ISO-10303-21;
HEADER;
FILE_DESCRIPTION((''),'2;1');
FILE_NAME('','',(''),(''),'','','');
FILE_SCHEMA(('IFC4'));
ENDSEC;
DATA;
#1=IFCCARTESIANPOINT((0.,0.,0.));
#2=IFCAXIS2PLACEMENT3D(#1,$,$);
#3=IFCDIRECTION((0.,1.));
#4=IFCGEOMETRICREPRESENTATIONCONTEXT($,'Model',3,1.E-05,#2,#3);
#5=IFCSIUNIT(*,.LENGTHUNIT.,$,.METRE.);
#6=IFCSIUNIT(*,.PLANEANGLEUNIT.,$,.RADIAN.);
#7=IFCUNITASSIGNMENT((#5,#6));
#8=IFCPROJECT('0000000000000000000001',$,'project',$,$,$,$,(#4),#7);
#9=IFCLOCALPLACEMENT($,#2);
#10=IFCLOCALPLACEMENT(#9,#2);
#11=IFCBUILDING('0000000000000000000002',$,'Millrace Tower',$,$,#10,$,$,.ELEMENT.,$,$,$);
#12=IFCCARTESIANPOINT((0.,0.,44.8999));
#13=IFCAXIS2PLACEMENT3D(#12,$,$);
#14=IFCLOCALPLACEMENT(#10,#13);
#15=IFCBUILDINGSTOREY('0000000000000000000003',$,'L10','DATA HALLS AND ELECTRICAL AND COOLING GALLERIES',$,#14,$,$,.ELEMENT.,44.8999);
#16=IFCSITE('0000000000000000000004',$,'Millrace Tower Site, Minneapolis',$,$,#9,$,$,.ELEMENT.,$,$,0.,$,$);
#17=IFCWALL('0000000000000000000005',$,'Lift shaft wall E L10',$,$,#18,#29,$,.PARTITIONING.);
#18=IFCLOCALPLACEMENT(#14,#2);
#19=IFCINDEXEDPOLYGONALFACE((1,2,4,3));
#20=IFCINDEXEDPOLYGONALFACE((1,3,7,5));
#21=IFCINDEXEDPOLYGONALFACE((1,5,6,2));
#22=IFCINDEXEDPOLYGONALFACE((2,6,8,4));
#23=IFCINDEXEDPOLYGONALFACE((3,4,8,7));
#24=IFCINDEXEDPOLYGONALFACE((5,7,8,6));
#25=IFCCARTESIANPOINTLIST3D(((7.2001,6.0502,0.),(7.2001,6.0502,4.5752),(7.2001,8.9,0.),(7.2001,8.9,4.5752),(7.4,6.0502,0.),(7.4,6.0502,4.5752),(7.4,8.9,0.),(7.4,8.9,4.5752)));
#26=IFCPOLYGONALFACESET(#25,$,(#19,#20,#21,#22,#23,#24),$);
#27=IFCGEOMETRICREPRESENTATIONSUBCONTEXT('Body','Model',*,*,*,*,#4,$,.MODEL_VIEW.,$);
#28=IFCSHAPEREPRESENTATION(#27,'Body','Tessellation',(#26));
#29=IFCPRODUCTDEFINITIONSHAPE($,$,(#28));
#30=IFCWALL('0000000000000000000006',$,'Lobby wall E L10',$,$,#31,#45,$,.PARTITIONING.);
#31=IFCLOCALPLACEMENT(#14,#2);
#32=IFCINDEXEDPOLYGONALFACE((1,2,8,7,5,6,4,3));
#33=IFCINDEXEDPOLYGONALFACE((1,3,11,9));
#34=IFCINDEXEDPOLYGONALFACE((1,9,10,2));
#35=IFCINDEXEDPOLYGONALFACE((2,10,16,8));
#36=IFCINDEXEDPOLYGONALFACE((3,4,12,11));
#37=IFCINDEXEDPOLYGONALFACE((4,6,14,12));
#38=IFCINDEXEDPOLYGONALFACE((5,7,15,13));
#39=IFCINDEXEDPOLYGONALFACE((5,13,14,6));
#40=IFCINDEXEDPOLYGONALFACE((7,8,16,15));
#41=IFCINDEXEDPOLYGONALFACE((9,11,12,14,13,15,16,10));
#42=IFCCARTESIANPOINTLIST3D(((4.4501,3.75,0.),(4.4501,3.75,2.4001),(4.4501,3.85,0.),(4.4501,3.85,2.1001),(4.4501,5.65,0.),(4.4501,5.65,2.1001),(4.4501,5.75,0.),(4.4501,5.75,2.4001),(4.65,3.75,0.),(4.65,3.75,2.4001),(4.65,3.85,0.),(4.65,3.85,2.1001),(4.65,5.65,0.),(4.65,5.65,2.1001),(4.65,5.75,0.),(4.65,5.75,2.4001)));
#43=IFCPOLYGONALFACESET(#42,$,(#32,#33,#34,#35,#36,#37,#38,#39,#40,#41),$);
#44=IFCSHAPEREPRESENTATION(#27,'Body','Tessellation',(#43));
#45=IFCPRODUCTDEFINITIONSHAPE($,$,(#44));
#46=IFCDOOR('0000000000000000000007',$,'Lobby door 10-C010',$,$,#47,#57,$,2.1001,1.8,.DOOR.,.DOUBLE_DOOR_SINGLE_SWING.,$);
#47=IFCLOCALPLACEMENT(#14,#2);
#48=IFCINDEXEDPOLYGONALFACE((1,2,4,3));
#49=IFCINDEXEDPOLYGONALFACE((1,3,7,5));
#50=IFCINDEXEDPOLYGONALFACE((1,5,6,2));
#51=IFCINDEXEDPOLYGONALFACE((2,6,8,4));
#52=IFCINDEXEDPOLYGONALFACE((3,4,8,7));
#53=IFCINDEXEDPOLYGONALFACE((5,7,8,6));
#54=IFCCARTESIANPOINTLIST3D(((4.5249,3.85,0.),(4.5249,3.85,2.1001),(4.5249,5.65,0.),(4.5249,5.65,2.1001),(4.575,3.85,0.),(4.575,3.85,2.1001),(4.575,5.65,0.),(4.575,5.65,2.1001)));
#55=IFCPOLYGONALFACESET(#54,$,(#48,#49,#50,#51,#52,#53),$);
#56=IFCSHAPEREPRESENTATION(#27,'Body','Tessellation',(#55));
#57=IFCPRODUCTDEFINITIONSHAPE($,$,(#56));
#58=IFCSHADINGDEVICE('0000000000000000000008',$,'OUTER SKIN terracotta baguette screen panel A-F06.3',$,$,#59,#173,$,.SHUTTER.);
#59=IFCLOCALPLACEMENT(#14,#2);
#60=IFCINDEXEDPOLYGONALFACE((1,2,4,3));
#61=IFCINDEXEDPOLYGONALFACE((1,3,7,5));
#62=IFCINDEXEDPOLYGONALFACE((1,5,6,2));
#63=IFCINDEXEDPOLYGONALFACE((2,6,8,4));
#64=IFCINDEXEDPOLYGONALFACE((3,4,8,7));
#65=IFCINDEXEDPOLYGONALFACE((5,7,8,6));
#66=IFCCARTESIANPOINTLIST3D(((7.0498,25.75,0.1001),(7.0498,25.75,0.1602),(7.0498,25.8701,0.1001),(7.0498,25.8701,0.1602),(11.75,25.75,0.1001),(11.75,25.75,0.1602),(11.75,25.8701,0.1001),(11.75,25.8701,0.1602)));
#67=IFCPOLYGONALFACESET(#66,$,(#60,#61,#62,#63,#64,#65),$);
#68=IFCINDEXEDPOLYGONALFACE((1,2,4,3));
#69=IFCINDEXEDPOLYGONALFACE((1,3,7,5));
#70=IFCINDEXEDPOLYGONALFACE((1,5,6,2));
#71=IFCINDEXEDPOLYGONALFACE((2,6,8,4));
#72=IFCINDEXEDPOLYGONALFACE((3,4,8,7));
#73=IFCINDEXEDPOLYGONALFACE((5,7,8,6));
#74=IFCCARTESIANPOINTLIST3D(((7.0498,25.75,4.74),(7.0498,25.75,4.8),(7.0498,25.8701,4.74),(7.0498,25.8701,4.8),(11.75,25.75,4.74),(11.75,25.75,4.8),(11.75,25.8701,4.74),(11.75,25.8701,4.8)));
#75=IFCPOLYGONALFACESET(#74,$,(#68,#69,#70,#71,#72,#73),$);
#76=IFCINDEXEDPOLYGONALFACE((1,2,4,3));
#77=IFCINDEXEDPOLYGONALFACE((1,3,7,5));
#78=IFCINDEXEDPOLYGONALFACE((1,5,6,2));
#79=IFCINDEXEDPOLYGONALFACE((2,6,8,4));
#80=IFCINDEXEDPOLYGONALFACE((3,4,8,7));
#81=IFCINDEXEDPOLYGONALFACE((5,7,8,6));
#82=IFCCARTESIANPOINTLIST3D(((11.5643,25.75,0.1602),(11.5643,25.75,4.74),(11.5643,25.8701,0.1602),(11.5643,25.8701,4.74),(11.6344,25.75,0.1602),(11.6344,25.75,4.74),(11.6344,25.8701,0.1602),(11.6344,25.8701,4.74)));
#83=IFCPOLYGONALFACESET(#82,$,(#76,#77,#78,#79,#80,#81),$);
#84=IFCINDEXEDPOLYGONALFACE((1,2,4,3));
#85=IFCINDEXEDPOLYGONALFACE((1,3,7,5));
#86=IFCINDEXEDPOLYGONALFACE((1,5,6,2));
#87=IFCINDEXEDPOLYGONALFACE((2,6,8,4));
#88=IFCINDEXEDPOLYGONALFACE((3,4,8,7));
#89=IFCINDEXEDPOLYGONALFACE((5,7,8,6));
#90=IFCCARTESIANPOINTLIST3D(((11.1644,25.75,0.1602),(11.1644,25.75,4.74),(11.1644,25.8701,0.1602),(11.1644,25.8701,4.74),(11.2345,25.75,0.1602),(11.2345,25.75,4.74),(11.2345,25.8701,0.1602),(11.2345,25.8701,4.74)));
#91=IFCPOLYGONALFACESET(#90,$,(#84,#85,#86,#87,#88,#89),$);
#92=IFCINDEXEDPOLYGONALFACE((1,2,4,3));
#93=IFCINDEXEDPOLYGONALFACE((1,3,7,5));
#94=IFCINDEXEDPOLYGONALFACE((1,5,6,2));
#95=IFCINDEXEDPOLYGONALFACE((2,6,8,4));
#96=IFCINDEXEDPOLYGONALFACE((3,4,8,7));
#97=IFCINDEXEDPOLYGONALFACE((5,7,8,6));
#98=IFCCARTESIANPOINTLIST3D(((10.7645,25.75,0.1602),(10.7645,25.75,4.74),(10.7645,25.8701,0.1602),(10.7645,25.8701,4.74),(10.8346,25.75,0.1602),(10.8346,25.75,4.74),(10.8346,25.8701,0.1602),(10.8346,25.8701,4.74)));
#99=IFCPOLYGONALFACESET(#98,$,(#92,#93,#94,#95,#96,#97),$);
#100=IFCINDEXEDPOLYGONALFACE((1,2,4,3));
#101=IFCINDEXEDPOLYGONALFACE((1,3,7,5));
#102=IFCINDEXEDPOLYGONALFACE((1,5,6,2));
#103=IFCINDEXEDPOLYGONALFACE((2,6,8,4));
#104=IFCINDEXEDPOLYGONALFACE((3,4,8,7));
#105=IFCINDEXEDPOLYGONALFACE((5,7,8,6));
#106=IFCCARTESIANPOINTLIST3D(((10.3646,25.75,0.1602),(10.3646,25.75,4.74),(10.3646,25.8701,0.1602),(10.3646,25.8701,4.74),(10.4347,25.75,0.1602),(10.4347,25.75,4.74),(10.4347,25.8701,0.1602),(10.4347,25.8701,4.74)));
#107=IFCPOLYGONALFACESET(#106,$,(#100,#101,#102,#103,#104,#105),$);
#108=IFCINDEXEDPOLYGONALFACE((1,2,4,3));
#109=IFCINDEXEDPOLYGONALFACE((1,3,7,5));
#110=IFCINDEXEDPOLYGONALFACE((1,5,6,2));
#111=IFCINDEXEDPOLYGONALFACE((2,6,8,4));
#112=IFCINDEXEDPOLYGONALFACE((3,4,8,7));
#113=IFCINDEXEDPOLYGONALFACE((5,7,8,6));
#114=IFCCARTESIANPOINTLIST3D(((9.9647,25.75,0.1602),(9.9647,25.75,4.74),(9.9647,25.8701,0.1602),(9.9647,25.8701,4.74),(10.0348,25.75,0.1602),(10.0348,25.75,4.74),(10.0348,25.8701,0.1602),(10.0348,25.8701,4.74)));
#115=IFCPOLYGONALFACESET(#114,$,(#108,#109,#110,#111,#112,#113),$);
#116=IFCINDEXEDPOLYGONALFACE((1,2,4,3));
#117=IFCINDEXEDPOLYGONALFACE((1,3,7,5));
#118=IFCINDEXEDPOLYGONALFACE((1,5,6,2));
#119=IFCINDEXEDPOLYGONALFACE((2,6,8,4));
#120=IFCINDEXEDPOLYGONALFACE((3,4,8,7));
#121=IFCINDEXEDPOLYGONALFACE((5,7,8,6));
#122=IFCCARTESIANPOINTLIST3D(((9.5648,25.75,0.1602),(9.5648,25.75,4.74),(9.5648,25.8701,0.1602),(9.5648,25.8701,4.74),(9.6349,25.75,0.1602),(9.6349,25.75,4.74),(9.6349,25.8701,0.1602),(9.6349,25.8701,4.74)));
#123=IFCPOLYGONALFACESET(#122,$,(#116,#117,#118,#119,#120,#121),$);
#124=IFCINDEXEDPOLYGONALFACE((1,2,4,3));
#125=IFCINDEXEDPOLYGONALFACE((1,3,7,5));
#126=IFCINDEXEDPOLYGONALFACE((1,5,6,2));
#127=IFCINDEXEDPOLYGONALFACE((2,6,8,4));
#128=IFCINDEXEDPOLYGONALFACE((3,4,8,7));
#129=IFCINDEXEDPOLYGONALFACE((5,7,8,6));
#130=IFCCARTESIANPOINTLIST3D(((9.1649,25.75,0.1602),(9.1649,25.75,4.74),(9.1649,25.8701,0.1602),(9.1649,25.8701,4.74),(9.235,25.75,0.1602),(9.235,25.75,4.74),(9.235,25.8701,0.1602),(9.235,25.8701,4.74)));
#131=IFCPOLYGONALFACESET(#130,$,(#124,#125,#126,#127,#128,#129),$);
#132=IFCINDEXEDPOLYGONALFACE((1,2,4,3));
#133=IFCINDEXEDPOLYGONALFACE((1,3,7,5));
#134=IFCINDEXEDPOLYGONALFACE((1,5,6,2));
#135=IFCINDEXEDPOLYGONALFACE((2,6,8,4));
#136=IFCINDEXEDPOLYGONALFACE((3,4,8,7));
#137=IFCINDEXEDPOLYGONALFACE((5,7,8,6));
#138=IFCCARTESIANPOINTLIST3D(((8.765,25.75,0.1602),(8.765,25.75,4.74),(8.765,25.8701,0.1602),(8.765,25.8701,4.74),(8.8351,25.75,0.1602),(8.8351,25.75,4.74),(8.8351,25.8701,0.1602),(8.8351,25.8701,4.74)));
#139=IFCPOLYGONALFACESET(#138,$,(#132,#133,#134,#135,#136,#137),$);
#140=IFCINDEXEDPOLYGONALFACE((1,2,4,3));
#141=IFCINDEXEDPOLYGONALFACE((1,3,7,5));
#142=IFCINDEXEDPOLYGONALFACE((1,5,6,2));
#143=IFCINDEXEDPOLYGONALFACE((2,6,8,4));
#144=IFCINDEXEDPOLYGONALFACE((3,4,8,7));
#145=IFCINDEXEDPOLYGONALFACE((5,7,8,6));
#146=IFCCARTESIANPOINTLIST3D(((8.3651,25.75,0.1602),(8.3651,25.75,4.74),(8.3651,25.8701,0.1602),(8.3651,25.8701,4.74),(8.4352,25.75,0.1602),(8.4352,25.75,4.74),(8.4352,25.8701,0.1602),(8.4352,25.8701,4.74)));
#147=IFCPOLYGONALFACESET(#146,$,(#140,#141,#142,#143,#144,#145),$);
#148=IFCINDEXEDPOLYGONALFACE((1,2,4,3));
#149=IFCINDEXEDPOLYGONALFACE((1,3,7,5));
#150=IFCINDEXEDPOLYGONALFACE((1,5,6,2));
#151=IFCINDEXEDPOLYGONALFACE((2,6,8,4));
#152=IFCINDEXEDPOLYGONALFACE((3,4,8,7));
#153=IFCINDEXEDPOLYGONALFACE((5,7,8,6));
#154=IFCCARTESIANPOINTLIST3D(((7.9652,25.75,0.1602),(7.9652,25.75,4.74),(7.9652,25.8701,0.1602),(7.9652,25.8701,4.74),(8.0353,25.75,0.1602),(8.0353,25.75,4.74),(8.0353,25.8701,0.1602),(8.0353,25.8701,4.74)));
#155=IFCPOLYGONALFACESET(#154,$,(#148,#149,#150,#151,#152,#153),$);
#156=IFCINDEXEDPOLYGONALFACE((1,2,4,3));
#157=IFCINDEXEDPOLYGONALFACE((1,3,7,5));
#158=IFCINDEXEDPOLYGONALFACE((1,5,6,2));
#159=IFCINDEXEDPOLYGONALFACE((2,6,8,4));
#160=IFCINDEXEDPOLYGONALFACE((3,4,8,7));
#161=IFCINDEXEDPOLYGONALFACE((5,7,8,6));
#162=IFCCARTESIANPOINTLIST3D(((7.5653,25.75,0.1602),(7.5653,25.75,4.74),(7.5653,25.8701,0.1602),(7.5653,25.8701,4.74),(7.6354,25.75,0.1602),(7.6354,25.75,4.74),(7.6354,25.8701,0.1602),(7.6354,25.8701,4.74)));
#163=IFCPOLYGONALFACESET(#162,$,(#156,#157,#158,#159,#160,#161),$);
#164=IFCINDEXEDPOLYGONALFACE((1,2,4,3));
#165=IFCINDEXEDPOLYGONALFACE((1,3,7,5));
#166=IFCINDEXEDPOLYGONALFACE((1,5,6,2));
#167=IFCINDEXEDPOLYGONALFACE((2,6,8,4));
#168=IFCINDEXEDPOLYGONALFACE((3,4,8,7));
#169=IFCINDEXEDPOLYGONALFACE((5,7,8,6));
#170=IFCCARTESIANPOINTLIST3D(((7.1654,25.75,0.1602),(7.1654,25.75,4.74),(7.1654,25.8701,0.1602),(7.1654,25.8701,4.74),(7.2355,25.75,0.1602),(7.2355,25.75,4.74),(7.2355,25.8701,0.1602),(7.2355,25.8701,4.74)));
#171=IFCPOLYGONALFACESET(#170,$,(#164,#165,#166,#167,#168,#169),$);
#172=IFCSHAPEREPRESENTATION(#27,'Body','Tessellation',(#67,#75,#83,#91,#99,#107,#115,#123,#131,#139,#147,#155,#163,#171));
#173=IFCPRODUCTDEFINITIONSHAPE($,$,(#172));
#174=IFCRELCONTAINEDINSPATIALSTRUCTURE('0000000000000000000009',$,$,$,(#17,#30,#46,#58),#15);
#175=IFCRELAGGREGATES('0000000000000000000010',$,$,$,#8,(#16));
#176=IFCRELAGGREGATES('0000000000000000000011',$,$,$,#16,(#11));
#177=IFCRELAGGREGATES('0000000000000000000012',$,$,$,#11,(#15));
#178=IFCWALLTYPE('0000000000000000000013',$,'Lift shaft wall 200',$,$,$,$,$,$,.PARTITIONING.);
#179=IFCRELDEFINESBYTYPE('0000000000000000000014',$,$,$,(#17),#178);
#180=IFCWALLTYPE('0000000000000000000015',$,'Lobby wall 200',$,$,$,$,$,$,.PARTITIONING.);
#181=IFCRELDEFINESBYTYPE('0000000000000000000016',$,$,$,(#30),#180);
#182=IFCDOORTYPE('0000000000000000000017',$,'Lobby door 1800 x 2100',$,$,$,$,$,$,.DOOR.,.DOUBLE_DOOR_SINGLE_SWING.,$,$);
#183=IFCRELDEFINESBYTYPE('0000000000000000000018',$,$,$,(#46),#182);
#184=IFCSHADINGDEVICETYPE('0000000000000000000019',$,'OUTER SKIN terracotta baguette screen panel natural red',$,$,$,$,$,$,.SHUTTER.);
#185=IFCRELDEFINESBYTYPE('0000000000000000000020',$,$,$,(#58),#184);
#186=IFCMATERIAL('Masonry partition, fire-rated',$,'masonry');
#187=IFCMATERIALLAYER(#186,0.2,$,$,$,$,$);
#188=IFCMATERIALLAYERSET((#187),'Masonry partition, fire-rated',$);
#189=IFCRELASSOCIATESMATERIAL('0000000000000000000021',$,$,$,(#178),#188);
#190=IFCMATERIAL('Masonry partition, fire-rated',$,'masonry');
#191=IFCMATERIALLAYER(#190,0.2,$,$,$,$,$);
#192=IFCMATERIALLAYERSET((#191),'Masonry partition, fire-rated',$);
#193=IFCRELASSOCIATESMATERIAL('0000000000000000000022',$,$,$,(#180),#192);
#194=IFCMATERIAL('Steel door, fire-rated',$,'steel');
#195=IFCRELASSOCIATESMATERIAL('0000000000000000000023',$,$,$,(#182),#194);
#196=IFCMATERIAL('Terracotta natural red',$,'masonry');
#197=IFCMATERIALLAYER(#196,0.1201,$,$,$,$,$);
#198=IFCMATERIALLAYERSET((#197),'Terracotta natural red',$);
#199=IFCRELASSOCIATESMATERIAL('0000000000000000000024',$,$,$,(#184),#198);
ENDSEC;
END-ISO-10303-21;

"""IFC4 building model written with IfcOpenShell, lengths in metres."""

from ifc_helpers import new_model, entity, si_unit, direction, frame, frame_2d, origin, place, context, subcontext, project, spatial, rectangle, extrude, source, transform, mapped, material, layer, layer_set, type_object, element, fill, save


model = new_model("IFC4")

# Units and contexts
model_context = context("Model", 3, precision=1e-05, world=origin(), true_north=direction((0.0, 1.0)))
body_context = subcontext(model_context, "Body", "Model", "MODEL_VIEW")
ifc_project = project(units=[si_unit("LENGTHUNIT", "METRE"), si_unit("PLANEANGLEUNIT", "RADIAN")], contexts=[model_context])

# Site, building, storey
site_placement = place(None, origin())
site = spatial("IfcSite", under=ifc_project, at=site_placement, Name="Millrace Tower Site, Minneapolis", CompositionType="ELEMENT", RefElevation=0.0)
building_placement = place(site_placement, origin())
building = spatial("IfcBuilding", under=site, at=building_placement, Name="Millrace Tower", CompositionType="ELEMENT")
storey_placement = place(building_placement, frame((0.0, 0.0, 44.8999)))
storey = spatial("IfcBuildingStorey", under=building, at=storey_placement, Name="L10", Description="DATA HALLS AND ELECTRICAL AND COOLING GALLERIES", CompositionType="ELEMENT", Elevation=44.8999)

# Shared definitions
ifc_material_1 = material(Name="Masonry partition, fire-rated", Category="masonry")
ifc_layer_1 = layer(ifc_material_1, 0.2)
ifc_layer_set_1 = layer_set([ifc_layer_1], Name="Masonry partition, fire-rated")
wall_type_1 = type_object("IfcWallType", Name="Lift shaft wall 200", PredefinedType="PARTITIONING", material=ifc_layer_set_1)

# Wall
for number, where, z_axis, x_axis, name in (
    (1, (7.3, 8.8999, 0.0), (0.0, 0.0, 1.0), (0.0, -1.0, 0.0), "Lift shaft wall E L10"),
):
    element("IfcWall", number, at=place(storey_placement, frame(where, z_axis=z_axis, x_axis=x_axis)), inside=storey, type_object=wall_type_1, Name=name, PredefinedType="PARTITIONING", context=body_context, shape_type="SweptSolid", body=[
        extrude(rectangle(XDim=2.8499, YDim=0.2, at=frame_2d((1.4248, 0.0))), origin(), (0.0, 0.0, 1.0), 4.5752),
    ])

# Wall, opening, door
ifc_material_2 = material(Name="Masonry partition, fire-rated", Category="masonry")
ifc_layer_2 = layer(ifc_material_2, 0.2)
ifc_layer_set_2 = layer_set([ifc_layer_2], Name="Masonry partition, fire-rated")
wall_type_2 = type_object("IfcWallType", Name="Lobby wall 200", PredefinedType="PARTITIONING", material=ifc_layer_set_2)
wall_1_placement = place(storey_placement, frame((4.55, 5.75, 0.0), z_axis=(0.0, 0.0, 1.0), x_axis=(0.0, -1.0, 0.0)))
wall_1 = element("IfcWall", 2, at=wall_1_placement, inside=storey, type_object=wall_type_2, Name="Lobby wall E L10", PredefinedType="PARTITIONING", context=body_context, shape_type="SweptSolid", body=[
    extrude(rectangle(XDim=2.0, YDim=0.2, at=frame_2d((1.0, 0.0))), origin(), (0.0, 0.0, 1.0), 2.4001),
])
opening_1_placement = place(wall_1_placement, frame((0.1001, 0.0, 0.0)))
opening_1 = element("IfcOpeningElement", 3, at=opening_1_placement, cuts=wall_1, PredefinedType="OPENING", context=body_context, shape_type="SweptSolid", body=[
    extrude(rectangle(XDim=1.8, YDim=2.1001, at=frame_2d((0.8999, 1.05))), frame((0.0, 0.1099, 0.0), z_axis=(0.0, -1.0, 0.0), x_axis=(1.0, 0.0, 0.0)), (0.0, 0.0, 1.0), 0.22),
])
ifc_material_3 = material(Name="Steel door, fire-rated", Category="steel")
door_type_1 = type_object("IfcDoorType", Name="Lobby door 1800 x 2100", OperationType="DOUBLE_DOOR_SINGLE_SWING", PredefinedType="DOOR", material=ifc_material_3)
door_1_placement = place(opening_1_placement, origin())
door_1 = element("IfcDoor", 4, at=door_1_placement, inside=storey, type_object=door_type_1, Name="Lobby door 10-C010", OperationType="DOUBLE_DOOR_SINGLE_SWING", OverallHeight=2.1001, OverallWidth=1.8, PredefinedType="DOOR", context=body_context, shape_type="SweptSolid", body=[
    extrude(rectangle(XDim=1.8, YDim=2.1001, at=frame_2d((0.8999, 1.05))), frame((0.0, 0.0249, 0.0), z_axis=(0.0, -1.0, 0.0), x_axis=(1.0, 0.0, 0.0)), (0.0, 0.0, 1.0), 0.05),
])
fill(opening_1, door_1)

# Shading device
cartesian_point = entity("IfcCartesianPoint", [-2.3501, 0.0601])
shared_polyline = entity("IfcPolyline", [cartesian_point, entity("IfcCartesianPoint", [2.3501, 0.0601]), entity("IfcCartesianPoint", [2.3501, -0.0601]), entity("IfcCartesianPoint", [-2.3501, -0.0601]), cartesian_point])
ifc_material_4 = material(Name="Terracotta natural red", Category="masonry")
ifc_layer_3 = layer(ifc_material_4, 0.1201)
ifc_layer_set_3 = layer_set([ifc_layer_3], Name="Terracotta natural red")
shading_device_type_1 = type_object("IfcShadingDeviceType", Name="OUTER SKIN terracotta baguette screen panel natural red", PredefinedType="SHUTTER", material=ifc_layer_set_3)
shared_shape_1 = source(origin(), body_context, "Body", "SweptSolid", [
    entity("IfcExtrudedAreaSolid", entity("IfcArbitraryClosedProfileDef", "AREA", None, shared_polyline), entity("IfcAxis2Placement3D", entity("IfcCartesianPoint", [0.0, 0.0, 0.0])), entity("IfcDirection", [0.0, 0.0, 1.0]), 0.0601),
    entity("IfcExtrudedAreaSolid", entity("IfcArbitraryClosedProfileDef", "AREA", None, shared_polyline), entity("IfcAxis2Placement3D", entity("IfcCartesianPoint", [0.0, 0.0, 4.6399])), entity("IfcDirection", [0.0, 0.0, 1.0]), 0.0601),
    extrude(rectangle(XDim=0.0701, YDim=0.1201, at=frame_2d((-2.1995, 0.0))), frame((0.0, 0.0, 0.0601)), (0.0, 0.0, 1.0), 4.5798),
    extrude(rectangle(XDim=0.0701, YDim=0.1201, at=frame_2d((-1.7996, 0.0))), frame((0.0, 0.0, 0.0601)), (0.0, 0.0, 1.0), 4.5798),
    extrude(rectangle(XDim=0.0701, YDim=0.1201, at=frame_2d((-1.3997, 0.0))), frame((0.0, 0.0, 0.0601)), (0.0, 0.0, 1.0), 4.5798),
    extrude(rectangle(XDim=0.0701, YDim=0.1201, at=frame_2d((-0.9998, 0.0))), frame((0.0, 0.0, 0.0601)), (0.0, 0.0, 1.0), 4.5798),
    extrude(rectangle(XDim=0.0701, YDim=0.1201, at=frame_2d((-0.5999, 0.0))), frame((0.0, 0.0, 0.0601)), (0.0, 0.0, 1.0), 4.5798),
    extrude(rectangle(XDim=0.0701, YDim=0.1201, at=frame_2d((-0.2, 0.0))), frame((0.0, 0.0, 0.0601)), (0.0, 0.0, 1.0), 4.5798),
    extrude(rectangle(XDim=0.0701, YDim=0.1201, at=frame_2d((0.2, 0.0))), frame((0.0, 0.0, 0.0601)), (0.0, 0.0, 1.0), 4.5798),
    extrude(rectangle(XDim=0.0701, YDim=0.1201, at=frame_2d((0.5999, 0.0))), frame((0.0, 0.0, 0.0601)), (0.0, 0.0, 1.0), 4.5798),
    extrude(rectangle(XDim=0.0701, YDim=0.1201, at=frame_2d((0.9998, 0.0))), frame((0.0, 0.0, 0.0601)), (0.0, 0.0, 1.0), 4.5798),
    extrude(rectangle(XDim=0.0701, YDim=0.1201, at=frame_2d((1.3997, 0.0))), frame((0.0, 0.0, 0.0601)), (0.0, 0.0, 1.0), 4.5798),
    extrude(rectangle(XDim=0.0701, YDim=0.1201, at=frame_2d((1.7996, 0.0))), frame((0.0, 0.0, 0.0601)), (0.0, 0.0, 1.0), 4.5798),
    extrude(rectangle(XDim=0.0701, YDim=0.1201, at=frame_2d((2.1995, 0.0))), frame((0.0, 0.0, 0.0601)), (0.0, 0.0, 1.0), 4.5798),
])
for number, where, z_axis, x_axis, name in (
    (5, (9.3999, 25.8101, 0.1001), (0.0, 0.0, 1.0), (-1.0, 0.0, 0.0), "OUTER SKIN terracotta baguette screen panel A-F06.3"),
):
    element("IfcShadingDevice", number, at=place(storey_placement, frame(where, z_axis=z_axis, x_axis=x_axis)), inside=storey, type_object=shading_device_type_1, Name=name, PredefinedType="SHUTTER", context=body_context, shape_type="MappedRepresentation", body=[
        mapped(shared_shape_1, transform((0.0, 0.0, 0.0), scale=1.0)),
    ])

save(model, "model.ifc")
